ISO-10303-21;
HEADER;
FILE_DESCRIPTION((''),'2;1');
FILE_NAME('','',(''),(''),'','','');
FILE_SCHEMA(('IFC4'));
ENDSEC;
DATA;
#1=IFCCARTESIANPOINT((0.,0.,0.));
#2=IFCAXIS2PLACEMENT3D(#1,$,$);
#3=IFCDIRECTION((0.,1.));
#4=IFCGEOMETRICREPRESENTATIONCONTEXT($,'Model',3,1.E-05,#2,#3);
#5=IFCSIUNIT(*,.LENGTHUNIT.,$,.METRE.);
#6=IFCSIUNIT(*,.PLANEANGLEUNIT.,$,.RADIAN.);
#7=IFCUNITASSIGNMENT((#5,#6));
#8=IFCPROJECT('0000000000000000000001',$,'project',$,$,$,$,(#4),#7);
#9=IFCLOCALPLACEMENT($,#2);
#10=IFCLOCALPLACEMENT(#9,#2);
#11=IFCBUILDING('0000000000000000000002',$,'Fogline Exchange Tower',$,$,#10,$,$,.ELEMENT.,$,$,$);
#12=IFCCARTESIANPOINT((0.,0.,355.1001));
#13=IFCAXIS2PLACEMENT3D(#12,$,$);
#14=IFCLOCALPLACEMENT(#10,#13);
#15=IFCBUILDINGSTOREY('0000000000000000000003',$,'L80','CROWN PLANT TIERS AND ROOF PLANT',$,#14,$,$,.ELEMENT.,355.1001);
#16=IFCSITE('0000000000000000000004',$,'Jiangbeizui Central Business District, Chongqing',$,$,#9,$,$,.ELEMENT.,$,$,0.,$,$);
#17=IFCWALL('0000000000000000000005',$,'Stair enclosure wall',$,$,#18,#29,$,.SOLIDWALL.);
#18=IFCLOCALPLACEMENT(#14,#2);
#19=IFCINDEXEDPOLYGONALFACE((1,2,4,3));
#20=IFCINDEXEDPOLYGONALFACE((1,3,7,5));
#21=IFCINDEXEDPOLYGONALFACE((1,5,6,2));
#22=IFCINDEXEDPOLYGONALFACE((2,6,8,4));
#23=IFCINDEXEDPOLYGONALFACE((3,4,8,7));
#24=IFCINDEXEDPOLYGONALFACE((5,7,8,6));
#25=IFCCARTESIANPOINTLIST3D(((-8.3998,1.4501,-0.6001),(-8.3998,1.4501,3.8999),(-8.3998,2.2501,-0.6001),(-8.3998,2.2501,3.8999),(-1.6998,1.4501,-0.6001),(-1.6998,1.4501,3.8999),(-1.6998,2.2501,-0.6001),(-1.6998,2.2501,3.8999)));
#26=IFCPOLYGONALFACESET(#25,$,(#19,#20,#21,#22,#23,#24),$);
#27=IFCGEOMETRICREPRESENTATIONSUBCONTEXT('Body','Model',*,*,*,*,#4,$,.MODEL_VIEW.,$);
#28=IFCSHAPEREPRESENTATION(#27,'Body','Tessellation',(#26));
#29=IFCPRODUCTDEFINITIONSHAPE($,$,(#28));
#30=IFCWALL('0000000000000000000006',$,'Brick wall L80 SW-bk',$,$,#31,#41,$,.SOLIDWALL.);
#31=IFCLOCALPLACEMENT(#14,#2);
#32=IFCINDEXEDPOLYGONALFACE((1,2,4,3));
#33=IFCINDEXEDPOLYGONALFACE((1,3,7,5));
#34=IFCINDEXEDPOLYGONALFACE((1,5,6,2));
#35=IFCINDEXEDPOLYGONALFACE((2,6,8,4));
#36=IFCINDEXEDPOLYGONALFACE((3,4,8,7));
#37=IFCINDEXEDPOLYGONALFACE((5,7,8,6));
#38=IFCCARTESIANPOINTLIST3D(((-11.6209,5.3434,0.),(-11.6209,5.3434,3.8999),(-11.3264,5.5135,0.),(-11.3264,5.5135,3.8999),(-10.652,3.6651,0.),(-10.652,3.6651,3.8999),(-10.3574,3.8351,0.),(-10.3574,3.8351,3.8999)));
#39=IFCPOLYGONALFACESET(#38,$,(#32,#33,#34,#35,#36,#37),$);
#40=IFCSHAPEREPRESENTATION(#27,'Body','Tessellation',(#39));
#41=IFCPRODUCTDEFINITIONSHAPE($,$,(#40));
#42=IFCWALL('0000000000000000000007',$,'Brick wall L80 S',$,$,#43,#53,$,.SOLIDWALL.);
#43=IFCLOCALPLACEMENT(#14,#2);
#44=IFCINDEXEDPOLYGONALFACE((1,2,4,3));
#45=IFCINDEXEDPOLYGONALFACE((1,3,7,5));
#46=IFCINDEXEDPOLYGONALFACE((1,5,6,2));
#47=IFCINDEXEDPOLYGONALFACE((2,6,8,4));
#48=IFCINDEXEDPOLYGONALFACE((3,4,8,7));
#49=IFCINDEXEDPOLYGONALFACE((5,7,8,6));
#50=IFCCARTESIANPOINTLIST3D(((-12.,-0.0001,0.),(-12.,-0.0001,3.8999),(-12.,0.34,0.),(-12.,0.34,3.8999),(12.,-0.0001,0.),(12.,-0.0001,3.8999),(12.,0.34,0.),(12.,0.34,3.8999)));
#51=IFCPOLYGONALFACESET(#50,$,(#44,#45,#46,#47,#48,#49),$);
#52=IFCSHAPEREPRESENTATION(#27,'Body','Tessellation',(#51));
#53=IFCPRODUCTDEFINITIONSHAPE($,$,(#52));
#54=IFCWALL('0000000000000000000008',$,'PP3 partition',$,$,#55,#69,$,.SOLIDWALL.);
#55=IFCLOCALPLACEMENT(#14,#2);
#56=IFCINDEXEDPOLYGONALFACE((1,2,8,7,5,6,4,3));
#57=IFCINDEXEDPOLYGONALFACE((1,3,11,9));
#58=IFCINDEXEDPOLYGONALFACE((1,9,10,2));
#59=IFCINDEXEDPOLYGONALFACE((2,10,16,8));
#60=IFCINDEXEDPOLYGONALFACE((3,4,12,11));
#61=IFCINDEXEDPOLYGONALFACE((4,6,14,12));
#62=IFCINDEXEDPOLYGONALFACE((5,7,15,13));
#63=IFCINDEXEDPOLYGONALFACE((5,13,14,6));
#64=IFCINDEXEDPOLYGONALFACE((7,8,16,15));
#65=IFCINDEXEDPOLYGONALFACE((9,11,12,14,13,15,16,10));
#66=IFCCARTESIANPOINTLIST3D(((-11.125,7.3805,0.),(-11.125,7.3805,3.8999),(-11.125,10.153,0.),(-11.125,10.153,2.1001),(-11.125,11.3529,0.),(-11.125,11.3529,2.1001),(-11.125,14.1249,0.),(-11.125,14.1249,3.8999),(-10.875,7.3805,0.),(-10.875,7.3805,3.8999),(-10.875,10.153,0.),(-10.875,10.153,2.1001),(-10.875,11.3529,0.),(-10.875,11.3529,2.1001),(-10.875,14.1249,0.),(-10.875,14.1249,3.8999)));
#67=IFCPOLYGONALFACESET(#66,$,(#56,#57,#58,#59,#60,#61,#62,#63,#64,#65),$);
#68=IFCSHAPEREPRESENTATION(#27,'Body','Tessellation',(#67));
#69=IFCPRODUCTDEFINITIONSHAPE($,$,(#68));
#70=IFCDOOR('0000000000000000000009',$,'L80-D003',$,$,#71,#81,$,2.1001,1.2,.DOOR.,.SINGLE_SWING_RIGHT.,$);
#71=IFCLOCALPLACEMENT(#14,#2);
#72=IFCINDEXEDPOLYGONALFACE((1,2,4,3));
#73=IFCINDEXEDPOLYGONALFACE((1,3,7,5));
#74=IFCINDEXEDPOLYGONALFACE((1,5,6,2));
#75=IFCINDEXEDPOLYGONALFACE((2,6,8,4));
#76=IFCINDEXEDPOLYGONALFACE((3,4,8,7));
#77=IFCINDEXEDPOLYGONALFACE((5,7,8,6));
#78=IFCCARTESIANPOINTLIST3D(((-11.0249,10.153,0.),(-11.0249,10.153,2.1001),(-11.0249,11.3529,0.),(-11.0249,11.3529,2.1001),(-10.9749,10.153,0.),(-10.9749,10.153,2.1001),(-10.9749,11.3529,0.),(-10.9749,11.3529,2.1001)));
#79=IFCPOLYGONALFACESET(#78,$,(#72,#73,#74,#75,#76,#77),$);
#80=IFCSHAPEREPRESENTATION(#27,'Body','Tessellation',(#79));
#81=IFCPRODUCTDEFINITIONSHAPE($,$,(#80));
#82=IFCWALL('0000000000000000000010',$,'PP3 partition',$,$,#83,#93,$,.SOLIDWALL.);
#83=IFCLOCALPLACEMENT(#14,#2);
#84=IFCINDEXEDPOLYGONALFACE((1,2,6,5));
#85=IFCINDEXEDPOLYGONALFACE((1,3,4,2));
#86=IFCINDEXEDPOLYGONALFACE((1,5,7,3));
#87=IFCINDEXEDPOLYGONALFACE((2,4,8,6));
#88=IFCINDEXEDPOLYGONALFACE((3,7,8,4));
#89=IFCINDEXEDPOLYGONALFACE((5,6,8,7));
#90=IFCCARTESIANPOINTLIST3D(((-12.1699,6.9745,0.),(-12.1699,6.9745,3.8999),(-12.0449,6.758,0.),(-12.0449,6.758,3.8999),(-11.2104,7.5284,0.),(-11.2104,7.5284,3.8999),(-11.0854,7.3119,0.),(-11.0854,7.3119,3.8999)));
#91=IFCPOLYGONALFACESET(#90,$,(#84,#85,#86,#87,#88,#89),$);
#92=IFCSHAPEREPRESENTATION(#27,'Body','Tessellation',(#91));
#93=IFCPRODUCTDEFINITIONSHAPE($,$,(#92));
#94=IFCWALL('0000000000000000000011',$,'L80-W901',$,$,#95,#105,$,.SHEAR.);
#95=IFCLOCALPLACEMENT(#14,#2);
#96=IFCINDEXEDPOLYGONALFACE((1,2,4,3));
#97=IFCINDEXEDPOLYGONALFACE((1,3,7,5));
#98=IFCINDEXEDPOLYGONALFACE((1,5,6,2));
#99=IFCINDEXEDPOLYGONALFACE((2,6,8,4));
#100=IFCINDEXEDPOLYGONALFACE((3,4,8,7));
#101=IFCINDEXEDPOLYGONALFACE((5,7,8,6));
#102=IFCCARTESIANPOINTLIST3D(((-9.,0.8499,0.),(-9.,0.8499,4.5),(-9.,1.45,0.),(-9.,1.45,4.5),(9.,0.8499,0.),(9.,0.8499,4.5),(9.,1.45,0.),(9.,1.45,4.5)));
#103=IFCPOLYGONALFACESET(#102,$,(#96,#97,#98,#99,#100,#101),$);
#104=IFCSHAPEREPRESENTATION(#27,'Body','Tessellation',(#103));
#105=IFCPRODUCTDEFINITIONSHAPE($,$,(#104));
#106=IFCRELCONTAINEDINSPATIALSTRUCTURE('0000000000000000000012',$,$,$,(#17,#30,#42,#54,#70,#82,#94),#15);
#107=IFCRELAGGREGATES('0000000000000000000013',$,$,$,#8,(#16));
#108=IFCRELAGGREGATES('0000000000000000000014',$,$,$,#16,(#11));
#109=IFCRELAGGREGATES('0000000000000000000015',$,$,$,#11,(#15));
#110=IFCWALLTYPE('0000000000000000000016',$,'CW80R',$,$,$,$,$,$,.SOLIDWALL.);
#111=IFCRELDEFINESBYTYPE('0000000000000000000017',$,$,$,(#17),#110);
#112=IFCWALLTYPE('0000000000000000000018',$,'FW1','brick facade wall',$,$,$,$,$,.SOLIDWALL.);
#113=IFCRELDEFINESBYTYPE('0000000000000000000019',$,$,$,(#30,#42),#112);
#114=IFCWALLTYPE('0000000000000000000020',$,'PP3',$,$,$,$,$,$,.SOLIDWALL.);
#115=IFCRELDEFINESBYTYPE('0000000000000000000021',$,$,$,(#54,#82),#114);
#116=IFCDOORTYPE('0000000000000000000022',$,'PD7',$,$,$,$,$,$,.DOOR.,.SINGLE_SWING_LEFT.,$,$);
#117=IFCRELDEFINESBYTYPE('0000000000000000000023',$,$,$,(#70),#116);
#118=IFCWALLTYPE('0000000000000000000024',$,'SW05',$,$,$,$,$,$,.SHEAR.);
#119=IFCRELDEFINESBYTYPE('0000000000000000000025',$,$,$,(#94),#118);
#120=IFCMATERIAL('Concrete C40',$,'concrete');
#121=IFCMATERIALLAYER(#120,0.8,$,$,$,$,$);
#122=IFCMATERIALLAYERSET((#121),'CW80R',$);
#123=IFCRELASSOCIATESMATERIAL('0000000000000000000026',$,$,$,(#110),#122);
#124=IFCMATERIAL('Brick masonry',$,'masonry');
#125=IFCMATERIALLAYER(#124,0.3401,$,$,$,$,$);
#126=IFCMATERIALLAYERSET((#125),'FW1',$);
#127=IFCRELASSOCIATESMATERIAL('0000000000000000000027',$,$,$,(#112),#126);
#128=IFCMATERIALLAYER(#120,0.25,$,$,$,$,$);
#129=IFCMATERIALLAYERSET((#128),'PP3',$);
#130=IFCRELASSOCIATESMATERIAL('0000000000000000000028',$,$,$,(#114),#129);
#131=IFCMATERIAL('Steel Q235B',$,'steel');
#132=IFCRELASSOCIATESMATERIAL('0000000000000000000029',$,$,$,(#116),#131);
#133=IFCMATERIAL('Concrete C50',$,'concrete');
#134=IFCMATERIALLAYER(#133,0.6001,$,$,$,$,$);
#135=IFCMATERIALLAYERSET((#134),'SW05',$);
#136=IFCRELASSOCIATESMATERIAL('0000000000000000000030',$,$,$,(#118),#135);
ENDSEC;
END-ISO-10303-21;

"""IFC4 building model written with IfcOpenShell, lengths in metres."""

from ifc_helpers import new_model, si_unit, direction, frame, frame_2d, origin, place, context, subcontext, project, spatial, rectangle, extrude, material, layer, layer_set, type_object, element, fill, save


model = new_model("IFC4")

# Units and contexts
model_context = context("Model", 3, precision=1e-05, world=origin(), true_north=direction((0.0, 1.0)))
body_context = subcontext(model_context, "Body", "Model", "MODEL_VIEW")
ifc_project = project(units=[si_unit("LENGTHUNIT", "METRE"), si_unit("PLANEANGLEUNIT", "RADIAN")], contexts=[model_context])

# Site, building, storey
site_placement = place(None, origin())
site = spatial("IfcSite", under=ifc_project, at=site_placement, Name="Jiangbeizui Central Business District, Chongqing", CompositionType="ELEMENT", RefElevation=0.0)
building_placement = place(site_placement, origin())
building = spatial("IfcBuilding", under=site, at=building_placement, Name="Fogline Exchange Tower", CompositionType="ELEMENT")
storey_placement = place(building_placement, frame((0.0, 0.0, 355.1001)))
storey = spatial("IfcBuildingStorey", under=building, at=storey_placement, Name="L80", Description="CROWN PLANT TIERS AND ROOF PLANT", CompositionType="ELEMENT", Elevation=355.1001)

# Shared definitions
ifc_material_1 = material(Name="Concrete C40", Category="concrete")

# Wall
ifc_layer_1 = layer(ifc_material_1, 0.8)
ifc_layer_set_1 = layer_set([ifc_layer_1], Name="CW80R")
wall_type_1 = type_object("IfcWallType", Name="CW80R", PredefinedType="SOLIDWALL", material=ifc_layer_set_1)
wall_1_placement = place(storey_placement, frame((-8.3999, 1.8501, -0.6001), z_axis=(0.0, 0.0, 1.0), x_axis=(1.0, 0.0, 0.0)))
element("IfcWall", 1, at=wall_1_placement, inside=storey, type_object=wall_type_1, Name="Stair enclosure wall", PredefinedType="SOLIDWALL", context=body_context, shape_type="SweptSolid", body=[
    extrude(rectangle(XDim=6.7, YDim=0.8, at=frame_2d((3.3501, 0.0))), origin(), (0.0, 0.0, 1.0), 4.5),
])

# Shared definitions
ifc_material_2 = material(Name="Brick masonry", Category="masonry")
ifc_layer_2 = layer(ifc_material_2, 0.3401)
ifc_layer_set_2 = layer_set([ifc_layer_2], Name="FW1")
wall_type_2 = type_object("IfcWallType", Name="FW1", Description="brick facade wall", PredefinedType="SOLIDWALL", material=ifc_layer_set_2)

# Walls
wall_2_placement = place(storey_placement, frame((-11.4736, 5.4285, 0.0), z_axis=(0.0, 0.0, 1.0), x_axis=(0.499973, -0.866041, 0.0)))
element("IfcWall", 2, at=wall_2_placement, inside=storey, type_object=wall_type_2, Name="Brick wall L80 SW-bk", PredefinedType="SOLIDWALL", context=body_context, shape_type="SweptSolid", body=[
    extrude(rectangle(XDim=1.938, YDim=0.3401, at=frame_2d((0.969, 0.0))), origin(), (0.0, 0.0, 1.0), 3.8999),
])
wall_3_placement = place(storey_placement, frame((-12.0, 0.1699, 0.0), z_axis=(0.0, 0.0, 1.0), x_axis=(1.0, 0.0, 0.0)))
element("IfcWall", 3, at=wall_3_placement, inside=storey, type_object=wall_type_2, Name="Brick wall L80 S", PredefinedType="SOLIDWALL", context=body_context, shape_type="SweptSolid", body=[
    extrude(rectangle(XDim=24.0, YDim=0.3401, at=frame_2d((12.0, 0.0))), origin(), (0.0, 0.0, 1.0), 3.8999),
])

# Wall, opening, door
ifc_layer_3 = layer(ifc_material_1, 0.25)
ifc_layer_set_3 = layer_set([ifc_layer_3], Name="PP3")
wall_type_3 = type_object("IfcWallType", Name="PP3", PredefinedType="SOLIDWALL", material=ifc_layer_set_3)
wall_4_placement = place(storey_placement, frame((-11.0, 7.3806, 0.0), z_axis=(0.0, 0.0, 1.0), x_axis=(0.0, 1.0, 0.0)))
wall_4 = element("IfcWall", 4, at=wall_4_placement, inside=storey, type_object=wall_type_3, Name="PP3 partition", PredefinedType="SOLIDWALL", context=body_context, shape_type="SweptSolid", body=[
    extrude(rectangle(XDim=6.7444, YDim=0.25, at=frame_2d((3.3721, 0.0))), origin(), (0.0, 0.0, 1.0), 3.8999),
])
opening_1_placement = place(wall_4_placement, frame((2.7722, 0.0, 0.0)))
opening_1 = element("IfcOpeningElement", 5, at=opening_1_placement, cuts=wall_4, PredefinedType="OPENING", context=body_context, shape_type="SweptSolid", body=[
    extrude(rectangle(XDim=1.2, YDim=2.1001, at=frame_2d((0.6001, 1.05))), frame((0.0, 0.135, 0.0), z_axis=(0.0, -1.0, 0.0), x_axis=(1.0, 0.0, 0.0)), (0.0, 0.0, 1.0), 0.27),
])
ifc_material_3 = material(Name="Steel Q235B", Category="steel")
door_type_1 = type_object("IfcDoorType", Name="PD7", OperationType="SINGLE_SWING_LEFT", PredefinedType="DOOR", material=ifc_material_3)
door_1_placement = place(opening_1_placement, origin())
door_1 = element("IfcDoor", 6, at=door_1_placement, inside=storey, type_object=door_type_1, Name="L80-D003", OperationType="SINGLE_SWING_RIGHT", OverallHeight=2.1001, OverallWidth=1.2, PredefinedType="DOOR", context=body_context, shape_type="SweptSolid", body=[
    extrude(rectangle(XDim=1.2, YDim=2.1001, at=frame_2d((0.6001, 1.05))), frame((0.0, 0.0249, 0.0), z_axis=(0.0, -1.0, 0.0), x_axis=(1.0, 0.0, 0.0)), (0.0, 0.0, 1.0), 0.05),
])
fill(opening_1, door_1)

# Walls
wall_5_placement = place(storey_placement, frame((-12.1074, 6.8662, 0.0), z_axis=(0.0, 0.0, 1.0), x_axis=(0.866024, 0.500002, 0.0)))
element("IfcWall", 7, at=wall_5_placement, inside=storey, type_object=wall_type_3, Name="PP3 partition", PredefinedType="SOLIDWALL", context=body_context, shape_type="SweptSolid", body=[
    extrude(rectangle(XDim=1.1079, YDim=0.25, at=frame_2d((0.554, 0.0))), origin(), (0.0, 0.0, 1.0), 3.8999),
])
ifc_material_4 = material(Name="Concrete C50", Category="concrete")
ifc_layer_4 = layer(ifc_material_4, 0.6001)
ifc_layer_set_4 = layer_set([ifc_layer_4], Name="SW05")
wall_type_4 = type_object("IfcWallType", Name="SW05", PredefinedType="SHEAR", material=ifc_layer_set_4)
wall_6_placement = place(storey_placement, frame((-9.0, 1.1499, 0.0), z_axis=(0.0, 0.0, 1.0), x_axis=(1.0, 0.0, 0.0)))
element("IfcWall", 8, at=wall_6_placement, inside=storey, type_object=wall_type_4, Name="L80-W901", PredefinedType="SHEAR", context=body_context, shape_type="SweptSolid", body=[
    extrude(rectangle(XDim=18.0, YDim=0.6001, at=frame_2d((9.0, 0.0))), origin(), (0.0, 0.0, 1.0), 4.5),
])

save(model, "model.ifc")
